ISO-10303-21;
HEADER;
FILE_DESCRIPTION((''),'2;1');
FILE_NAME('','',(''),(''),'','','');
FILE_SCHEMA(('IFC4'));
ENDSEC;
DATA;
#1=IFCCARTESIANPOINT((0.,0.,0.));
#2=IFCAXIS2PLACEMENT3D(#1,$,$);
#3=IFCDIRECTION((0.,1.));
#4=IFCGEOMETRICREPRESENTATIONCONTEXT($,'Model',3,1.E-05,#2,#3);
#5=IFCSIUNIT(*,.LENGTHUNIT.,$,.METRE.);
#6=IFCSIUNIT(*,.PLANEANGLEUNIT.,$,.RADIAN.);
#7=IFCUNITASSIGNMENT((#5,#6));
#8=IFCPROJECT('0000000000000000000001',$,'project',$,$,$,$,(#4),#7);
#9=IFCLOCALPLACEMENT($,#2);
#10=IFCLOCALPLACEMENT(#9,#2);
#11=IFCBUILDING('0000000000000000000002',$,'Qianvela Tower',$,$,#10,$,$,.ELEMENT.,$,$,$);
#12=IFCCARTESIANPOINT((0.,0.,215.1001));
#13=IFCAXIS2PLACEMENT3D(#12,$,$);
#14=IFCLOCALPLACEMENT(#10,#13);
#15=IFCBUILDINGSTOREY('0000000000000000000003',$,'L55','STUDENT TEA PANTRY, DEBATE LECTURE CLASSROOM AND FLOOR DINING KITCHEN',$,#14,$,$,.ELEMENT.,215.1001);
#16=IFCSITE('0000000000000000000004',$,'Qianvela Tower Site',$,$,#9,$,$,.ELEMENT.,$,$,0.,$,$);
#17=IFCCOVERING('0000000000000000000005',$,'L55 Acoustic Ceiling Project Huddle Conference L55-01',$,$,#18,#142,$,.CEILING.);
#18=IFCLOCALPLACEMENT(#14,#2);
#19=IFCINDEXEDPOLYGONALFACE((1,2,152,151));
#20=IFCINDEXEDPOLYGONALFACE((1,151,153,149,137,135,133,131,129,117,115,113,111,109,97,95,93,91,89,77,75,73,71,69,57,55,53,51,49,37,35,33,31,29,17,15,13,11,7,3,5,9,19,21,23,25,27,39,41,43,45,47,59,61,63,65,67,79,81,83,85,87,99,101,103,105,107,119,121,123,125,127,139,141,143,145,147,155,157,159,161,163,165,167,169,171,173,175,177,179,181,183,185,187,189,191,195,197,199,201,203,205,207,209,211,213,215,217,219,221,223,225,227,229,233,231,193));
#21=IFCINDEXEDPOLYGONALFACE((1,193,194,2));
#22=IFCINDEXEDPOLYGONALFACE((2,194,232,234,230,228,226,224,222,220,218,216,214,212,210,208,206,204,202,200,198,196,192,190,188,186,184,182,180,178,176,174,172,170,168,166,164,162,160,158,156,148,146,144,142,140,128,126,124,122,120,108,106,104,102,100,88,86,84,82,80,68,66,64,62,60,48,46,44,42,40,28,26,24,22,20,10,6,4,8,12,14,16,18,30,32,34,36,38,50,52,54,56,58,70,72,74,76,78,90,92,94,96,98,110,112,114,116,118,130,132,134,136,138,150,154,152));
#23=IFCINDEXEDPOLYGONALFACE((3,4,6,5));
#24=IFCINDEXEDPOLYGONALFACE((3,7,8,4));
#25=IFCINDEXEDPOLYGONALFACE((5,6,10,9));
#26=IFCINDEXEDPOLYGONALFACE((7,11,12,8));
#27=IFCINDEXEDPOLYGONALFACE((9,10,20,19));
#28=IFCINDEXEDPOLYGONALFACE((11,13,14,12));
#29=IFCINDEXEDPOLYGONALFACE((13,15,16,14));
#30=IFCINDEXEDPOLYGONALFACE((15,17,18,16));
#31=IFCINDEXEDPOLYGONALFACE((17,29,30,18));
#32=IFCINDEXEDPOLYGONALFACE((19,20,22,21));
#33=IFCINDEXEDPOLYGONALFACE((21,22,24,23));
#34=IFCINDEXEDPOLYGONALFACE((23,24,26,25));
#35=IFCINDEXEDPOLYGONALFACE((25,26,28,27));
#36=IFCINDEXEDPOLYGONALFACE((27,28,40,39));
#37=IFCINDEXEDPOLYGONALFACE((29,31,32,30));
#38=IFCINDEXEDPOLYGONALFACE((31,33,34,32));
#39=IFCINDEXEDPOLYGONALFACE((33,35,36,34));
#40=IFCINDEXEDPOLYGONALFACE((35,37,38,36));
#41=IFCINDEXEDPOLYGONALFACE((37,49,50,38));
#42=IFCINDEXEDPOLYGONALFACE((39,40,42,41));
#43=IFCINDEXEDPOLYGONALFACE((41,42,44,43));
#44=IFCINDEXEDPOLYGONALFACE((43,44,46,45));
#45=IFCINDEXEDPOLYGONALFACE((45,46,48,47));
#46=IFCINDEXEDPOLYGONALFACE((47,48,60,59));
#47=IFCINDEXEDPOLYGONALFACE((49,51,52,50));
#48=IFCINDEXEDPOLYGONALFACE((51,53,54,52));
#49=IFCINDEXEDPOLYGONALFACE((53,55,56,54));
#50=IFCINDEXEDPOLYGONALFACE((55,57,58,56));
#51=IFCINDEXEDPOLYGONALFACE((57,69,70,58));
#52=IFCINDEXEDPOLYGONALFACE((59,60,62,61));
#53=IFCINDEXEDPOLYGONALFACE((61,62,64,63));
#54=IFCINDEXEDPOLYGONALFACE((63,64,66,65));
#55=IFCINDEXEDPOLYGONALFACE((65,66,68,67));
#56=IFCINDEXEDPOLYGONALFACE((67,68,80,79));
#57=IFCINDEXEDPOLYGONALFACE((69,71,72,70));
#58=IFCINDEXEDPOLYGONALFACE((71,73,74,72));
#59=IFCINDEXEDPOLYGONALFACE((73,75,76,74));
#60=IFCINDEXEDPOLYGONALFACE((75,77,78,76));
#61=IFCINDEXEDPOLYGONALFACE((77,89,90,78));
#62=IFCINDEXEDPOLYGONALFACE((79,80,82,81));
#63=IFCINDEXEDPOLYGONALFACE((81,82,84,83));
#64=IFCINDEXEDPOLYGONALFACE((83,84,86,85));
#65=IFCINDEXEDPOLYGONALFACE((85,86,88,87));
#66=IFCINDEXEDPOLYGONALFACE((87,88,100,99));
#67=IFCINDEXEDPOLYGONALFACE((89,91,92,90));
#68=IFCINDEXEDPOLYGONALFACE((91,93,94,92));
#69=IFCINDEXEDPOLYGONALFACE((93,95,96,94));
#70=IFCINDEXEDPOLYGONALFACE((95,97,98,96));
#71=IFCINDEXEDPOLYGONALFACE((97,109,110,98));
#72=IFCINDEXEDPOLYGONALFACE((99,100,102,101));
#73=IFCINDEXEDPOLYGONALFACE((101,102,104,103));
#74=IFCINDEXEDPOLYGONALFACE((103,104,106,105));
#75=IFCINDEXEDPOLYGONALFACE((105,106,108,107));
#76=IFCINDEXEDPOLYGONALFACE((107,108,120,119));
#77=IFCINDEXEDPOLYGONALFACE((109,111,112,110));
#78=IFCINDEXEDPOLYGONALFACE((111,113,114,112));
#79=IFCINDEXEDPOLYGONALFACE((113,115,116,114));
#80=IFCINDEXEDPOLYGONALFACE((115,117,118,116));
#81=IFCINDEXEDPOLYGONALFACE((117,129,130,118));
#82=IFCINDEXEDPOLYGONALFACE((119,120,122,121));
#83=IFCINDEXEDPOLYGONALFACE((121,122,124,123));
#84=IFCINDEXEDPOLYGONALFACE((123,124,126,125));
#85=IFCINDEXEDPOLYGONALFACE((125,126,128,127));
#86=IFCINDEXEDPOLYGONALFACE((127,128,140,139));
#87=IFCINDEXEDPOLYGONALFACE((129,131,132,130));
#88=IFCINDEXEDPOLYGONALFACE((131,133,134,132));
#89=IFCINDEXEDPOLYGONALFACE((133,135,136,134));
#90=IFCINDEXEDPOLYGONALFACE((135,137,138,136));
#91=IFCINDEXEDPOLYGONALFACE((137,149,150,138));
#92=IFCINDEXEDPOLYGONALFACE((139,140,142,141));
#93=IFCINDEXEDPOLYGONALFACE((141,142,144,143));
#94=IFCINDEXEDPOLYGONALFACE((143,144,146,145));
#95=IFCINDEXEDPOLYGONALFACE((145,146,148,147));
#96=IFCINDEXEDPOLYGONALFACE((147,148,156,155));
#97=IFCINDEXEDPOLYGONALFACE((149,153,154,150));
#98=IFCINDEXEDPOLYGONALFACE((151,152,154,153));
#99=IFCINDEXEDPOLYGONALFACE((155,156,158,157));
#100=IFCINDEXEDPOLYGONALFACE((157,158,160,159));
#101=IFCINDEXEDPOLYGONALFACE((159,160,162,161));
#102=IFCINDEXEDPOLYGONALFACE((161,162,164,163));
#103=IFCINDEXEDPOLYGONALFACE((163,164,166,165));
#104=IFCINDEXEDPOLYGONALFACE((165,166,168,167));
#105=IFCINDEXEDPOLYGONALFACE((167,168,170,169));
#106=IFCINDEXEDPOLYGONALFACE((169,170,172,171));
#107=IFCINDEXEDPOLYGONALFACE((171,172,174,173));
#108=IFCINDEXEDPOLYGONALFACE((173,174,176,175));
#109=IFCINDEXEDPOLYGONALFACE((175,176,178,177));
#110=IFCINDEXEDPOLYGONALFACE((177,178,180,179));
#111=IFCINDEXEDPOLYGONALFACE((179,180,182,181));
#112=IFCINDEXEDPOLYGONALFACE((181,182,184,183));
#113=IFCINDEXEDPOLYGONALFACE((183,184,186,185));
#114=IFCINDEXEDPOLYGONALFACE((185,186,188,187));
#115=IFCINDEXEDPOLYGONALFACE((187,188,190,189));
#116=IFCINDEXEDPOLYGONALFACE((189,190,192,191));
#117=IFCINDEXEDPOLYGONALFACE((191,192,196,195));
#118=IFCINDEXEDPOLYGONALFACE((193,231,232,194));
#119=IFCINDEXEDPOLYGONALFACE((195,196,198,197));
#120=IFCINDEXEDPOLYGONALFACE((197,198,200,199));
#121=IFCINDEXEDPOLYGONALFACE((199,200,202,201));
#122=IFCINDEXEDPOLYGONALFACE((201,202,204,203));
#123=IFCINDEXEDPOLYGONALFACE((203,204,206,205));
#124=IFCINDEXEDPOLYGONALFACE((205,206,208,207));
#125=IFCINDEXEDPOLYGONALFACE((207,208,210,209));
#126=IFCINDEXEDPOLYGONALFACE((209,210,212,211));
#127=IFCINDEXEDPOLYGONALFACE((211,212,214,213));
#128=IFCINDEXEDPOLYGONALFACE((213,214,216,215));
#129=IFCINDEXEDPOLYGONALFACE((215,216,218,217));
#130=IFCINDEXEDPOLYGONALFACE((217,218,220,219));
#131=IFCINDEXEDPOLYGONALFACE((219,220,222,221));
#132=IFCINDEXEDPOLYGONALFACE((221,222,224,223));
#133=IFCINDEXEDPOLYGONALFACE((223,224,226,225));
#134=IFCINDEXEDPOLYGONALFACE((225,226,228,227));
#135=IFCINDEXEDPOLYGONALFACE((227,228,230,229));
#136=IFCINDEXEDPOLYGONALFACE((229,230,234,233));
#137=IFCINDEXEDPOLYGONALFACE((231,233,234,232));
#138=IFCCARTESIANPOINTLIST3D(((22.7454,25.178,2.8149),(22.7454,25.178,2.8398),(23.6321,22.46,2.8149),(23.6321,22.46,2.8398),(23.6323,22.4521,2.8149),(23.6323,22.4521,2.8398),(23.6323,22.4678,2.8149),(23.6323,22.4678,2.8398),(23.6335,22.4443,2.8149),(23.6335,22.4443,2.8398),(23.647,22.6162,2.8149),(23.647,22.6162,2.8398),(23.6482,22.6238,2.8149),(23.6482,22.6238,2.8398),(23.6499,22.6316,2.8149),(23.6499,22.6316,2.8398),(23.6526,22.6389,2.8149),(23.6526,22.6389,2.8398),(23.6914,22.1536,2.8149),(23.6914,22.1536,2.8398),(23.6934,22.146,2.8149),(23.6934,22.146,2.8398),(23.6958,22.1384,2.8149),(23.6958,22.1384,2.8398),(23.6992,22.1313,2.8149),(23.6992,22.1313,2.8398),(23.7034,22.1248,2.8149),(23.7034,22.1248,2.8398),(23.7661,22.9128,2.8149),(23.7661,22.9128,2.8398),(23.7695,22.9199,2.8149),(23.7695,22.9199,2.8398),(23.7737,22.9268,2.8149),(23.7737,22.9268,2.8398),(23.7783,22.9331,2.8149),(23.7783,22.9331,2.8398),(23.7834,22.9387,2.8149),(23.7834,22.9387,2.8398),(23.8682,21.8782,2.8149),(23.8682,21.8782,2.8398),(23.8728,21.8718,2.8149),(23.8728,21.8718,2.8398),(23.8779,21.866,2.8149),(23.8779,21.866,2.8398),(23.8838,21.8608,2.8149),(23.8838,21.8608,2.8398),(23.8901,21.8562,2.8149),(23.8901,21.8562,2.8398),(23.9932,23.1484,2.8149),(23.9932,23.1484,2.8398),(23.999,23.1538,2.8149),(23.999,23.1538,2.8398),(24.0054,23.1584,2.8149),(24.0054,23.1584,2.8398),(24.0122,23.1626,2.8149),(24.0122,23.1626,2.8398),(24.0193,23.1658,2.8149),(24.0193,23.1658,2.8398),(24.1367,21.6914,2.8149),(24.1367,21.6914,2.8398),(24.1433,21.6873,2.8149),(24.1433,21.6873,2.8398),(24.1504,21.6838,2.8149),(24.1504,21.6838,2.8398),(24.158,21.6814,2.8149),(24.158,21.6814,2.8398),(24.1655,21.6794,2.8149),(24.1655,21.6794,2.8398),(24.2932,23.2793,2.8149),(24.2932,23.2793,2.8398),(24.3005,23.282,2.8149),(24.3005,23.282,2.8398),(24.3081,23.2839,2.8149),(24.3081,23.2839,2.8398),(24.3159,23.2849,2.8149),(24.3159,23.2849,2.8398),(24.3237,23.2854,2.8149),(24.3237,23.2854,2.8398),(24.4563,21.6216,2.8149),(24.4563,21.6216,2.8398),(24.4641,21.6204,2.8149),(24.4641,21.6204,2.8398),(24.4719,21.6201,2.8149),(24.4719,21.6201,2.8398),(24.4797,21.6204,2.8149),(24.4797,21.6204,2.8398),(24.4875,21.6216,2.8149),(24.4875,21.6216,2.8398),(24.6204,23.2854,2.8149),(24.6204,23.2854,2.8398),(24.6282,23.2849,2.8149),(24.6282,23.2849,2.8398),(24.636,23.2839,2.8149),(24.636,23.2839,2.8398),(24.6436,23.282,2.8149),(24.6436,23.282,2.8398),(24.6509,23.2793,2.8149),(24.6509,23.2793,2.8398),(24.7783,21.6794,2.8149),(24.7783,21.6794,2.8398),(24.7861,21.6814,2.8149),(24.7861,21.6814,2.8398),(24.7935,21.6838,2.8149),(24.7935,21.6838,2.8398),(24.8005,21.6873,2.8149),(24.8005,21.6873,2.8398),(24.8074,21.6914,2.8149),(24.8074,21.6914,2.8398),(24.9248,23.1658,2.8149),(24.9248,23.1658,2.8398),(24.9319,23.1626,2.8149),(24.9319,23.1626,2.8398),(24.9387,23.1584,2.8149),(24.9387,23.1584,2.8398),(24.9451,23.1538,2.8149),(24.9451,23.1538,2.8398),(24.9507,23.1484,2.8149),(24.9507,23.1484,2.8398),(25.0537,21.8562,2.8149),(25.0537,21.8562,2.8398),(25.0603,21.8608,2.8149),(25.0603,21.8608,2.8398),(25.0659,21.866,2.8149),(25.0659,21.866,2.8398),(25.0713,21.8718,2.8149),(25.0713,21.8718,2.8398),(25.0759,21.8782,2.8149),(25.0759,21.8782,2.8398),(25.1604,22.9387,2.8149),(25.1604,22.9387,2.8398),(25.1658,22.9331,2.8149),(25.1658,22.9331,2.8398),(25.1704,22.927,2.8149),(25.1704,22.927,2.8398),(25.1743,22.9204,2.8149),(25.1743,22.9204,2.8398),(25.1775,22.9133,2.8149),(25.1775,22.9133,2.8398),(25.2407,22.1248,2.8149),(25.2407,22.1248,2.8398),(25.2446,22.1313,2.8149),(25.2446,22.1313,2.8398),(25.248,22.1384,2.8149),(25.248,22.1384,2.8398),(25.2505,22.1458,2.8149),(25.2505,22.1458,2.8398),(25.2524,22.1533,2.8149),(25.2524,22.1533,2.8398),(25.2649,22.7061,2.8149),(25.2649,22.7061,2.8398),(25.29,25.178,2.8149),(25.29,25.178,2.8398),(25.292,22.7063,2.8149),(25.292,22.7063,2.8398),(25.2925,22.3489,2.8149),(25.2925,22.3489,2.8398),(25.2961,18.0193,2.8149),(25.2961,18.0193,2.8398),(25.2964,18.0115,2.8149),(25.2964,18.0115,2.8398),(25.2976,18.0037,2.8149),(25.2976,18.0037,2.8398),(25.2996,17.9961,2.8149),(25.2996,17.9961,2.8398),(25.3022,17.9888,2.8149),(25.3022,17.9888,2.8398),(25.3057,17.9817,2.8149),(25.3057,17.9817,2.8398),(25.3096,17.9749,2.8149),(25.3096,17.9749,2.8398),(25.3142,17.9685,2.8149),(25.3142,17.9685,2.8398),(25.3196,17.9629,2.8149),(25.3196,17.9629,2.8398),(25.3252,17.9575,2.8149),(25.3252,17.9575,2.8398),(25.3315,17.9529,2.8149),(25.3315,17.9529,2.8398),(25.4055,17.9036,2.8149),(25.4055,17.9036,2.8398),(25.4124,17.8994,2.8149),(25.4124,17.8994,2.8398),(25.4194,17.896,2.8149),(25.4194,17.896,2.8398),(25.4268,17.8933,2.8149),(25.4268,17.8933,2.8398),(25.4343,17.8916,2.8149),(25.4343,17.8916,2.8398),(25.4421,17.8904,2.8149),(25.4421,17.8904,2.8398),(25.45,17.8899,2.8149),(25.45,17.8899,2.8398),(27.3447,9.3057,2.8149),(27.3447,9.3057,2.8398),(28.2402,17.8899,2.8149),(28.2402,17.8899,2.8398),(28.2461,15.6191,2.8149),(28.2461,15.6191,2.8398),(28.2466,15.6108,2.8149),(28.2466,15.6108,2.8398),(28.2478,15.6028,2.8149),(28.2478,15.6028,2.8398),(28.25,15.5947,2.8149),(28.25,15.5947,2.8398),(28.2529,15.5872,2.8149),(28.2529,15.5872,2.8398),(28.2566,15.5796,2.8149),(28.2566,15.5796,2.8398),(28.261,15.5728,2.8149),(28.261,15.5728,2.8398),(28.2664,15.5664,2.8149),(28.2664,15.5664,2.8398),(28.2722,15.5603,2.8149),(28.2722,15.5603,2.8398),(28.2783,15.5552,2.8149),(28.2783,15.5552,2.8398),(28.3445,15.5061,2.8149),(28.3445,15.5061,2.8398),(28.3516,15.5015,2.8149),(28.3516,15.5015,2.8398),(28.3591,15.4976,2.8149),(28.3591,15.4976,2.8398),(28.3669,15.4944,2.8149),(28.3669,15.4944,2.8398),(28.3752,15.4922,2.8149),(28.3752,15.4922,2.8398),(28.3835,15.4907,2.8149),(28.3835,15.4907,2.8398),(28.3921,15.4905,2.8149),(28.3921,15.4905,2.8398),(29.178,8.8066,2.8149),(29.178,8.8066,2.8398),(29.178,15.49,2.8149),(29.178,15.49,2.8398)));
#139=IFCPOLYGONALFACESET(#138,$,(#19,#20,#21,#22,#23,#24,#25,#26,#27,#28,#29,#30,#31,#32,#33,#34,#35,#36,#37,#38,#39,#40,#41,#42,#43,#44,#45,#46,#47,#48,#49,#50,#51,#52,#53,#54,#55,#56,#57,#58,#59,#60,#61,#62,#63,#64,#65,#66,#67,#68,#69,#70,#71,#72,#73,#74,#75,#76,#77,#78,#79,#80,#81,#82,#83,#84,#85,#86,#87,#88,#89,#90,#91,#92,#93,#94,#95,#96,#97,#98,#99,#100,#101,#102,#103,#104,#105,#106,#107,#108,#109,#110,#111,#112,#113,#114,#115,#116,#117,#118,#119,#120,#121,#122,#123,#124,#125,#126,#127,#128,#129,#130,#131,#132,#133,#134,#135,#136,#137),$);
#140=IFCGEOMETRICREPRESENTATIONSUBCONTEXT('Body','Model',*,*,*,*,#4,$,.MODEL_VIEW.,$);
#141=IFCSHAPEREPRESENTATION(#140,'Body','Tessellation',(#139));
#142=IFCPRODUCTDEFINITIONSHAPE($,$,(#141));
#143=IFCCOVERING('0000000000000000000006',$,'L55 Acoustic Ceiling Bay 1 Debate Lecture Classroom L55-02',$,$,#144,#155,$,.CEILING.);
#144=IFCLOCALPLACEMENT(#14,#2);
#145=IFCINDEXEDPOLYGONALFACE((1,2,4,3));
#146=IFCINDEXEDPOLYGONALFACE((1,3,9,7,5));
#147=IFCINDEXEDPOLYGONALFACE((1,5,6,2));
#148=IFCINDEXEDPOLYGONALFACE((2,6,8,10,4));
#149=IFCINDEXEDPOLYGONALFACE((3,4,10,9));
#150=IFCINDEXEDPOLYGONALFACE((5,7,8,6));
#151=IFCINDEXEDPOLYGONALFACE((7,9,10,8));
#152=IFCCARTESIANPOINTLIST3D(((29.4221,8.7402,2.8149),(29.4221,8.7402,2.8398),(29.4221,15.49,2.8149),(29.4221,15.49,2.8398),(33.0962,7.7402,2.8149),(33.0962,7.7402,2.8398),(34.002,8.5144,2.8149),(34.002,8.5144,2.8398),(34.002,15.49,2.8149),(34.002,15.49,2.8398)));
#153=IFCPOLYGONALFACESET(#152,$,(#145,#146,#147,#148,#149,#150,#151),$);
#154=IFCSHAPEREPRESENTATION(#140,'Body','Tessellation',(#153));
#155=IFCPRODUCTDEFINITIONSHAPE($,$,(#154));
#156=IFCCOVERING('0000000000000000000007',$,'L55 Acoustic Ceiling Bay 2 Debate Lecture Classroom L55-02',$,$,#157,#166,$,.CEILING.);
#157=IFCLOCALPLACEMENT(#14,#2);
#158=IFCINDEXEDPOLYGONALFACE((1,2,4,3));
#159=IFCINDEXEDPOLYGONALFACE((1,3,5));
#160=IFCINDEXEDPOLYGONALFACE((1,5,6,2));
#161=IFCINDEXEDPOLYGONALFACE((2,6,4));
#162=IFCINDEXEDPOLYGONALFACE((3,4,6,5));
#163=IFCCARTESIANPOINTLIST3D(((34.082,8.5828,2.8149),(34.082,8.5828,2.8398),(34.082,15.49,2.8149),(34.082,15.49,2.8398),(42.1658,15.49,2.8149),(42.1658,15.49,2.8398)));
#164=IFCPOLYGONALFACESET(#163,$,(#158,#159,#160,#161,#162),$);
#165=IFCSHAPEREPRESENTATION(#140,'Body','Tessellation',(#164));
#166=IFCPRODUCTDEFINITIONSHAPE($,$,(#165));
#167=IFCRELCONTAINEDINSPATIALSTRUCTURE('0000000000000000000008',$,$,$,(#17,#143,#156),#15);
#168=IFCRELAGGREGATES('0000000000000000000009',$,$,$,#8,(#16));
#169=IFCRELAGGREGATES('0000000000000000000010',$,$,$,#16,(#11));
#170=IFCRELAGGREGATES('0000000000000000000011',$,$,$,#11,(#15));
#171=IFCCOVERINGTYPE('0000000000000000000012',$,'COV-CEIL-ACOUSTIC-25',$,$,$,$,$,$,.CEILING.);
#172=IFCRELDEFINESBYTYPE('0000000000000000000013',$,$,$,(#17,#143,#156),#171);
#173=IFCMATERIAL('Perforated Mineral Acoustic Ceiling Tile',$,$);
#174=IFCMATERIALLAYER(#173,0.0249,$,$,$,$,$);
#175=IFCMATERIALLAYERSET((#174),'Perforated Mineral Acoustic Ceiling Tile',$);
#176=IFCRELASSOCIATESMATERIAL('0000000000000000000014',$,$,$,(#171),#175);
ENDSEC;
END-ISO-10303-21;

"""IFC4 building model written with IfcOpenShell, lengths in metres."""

from ifc_helpers import new_model, si_unit, direction, frame, origin, place, context, subcontext, project, spatial, polyline, outline, extrude, material, layer, layer_set, type_object, element, save


model = new_model("IFC4")

# Units and contexts
model_context = context("Model", 3, precision=1e-05, world=origin(), true_north=direction((0.0, 1.0)))
body_context = subcontext(model_context, "Body", "Model", "MODEL_VIEW")
ifc_project = project(units=[si_unit("LENGTHUNIT", "METRE"), si_unit("PLANEANGLEUNIT", "RADIAN")], contexts=[model_context])

# Site, building, storey
site_placement = place(None, origin())
site = spatial("IfcSite", under=ifc_project, at=site_placement, Name="Qianvela Tower Site", CompositionType="ELEMENT", RefElevation=0.0)
building_placement = place(site_placement, origin())
building = spatial("IfcBuilding", under=site, at=building_placement, Name="Qianvela Tower", CompositionType="ELEMENT")
storey_placement = place(building_placement, frame((0.0, 0.0, 215.1001)))
storey = spatial("IfcBuildingStorey", under=building, at=storey_placement, Name="L55", Description="STUDENT TEA PANTRY, DEBATE LECTURE CLASSROOM AND FLOOR DINING KITCHEN", CompositionType="ELEMENT", Elevation=215.1001)

# Coverings
ifc_material_1 = material(Name="Perforated Mineral Acoustic Ceiling Tile")
ifc_layer_1 = layer(ifc_material_1, 0.0249)
ifc_layer_set_1 = layer_set([ifc_layer_1], Name="Perforated Mineral Acoustic Ceiling Tile")
covering_type_1 = type_object("IfcCoveringType", Name="COV-CEIL-ACOUSTIC-25", PredefinedType="CEILING", material=ifc_layer_set_1)
covering_1_placement = place(storey_placement, frame((0.0, 0.0, 2.8149)))
element("IfcCovering", 1, at=covering_1_placement, inside=storey, type_object=covering_type_1, Name="L55 Acoustic Ceiling Project Huddle Conference L55-01", PredefinedType="CEILING", context=body_context, shape_type="SweptSolid", body=[
    extrude(outline(polyline([(25.292, 22.7063), (25.2649, 22.7061), (25.1775, 22.9133), (25.1743, 22.9204), (25.1704, 22.927), (25.1658, 22.9331), (25.1604, 22.9387), (24.9507, 23.1484), (24.9451, 23.1538), (24.9387, 23.1584), (24.9319, 23.1626), (24.9248, 23.1658), (24.6509, 23.2793), (24.6436, 23.282), (24.636, 23.2839), (24.6282, 23.2849), (24.6204, 23.2854), (24.3237, 23.2854), (24.3159, 23.2849), (24.3081, 23.2839), (24.3005, 23.282), (24.2932, 23.2793), (24.0193, 23.1658), (24.0122, 23.1626), (24.0054, 23.1584), (23.999, 23.1538), (23.9932, 23.1484), (23.7834, 22.9387), (23.7783, 22.9331), (23.7737, 22.9268), (23.7695, 22.9199), (23.7661, 22.9128), (23.6526, 22.6389), (23.6499, 22.6316), (23.6482, 22.6238), (23.647, 22.6162), (23.6323, 22.4678), (23.6321, 22.46), (23.6323, 22.4521), (23.6335, 22.4443), (23.6914, 22.1536), (23.6934, 22.146), (23.6958, 22.1384), (23.6992, 22.1313), (23.7034, 22.1248), (23.8682, 21.8782), (23.8728, 21.8718), (23.8779, 21.866), (23.8838, 21.8608), (23.8901, 21.8562), (24.1367, 21.6914), (24.1433, 21.6873), (24.1504, 21.6838), (24.158, 21.6814), (24.1655, 21.6794), (24.4563, 21.6216), (24.4641, 21.6204), (24.4719, 21.6201), (24.4797, 21.6204), (24.4875, 21.6216), (24.7783, 21.6794), (24.7861, 21.6814), (24.7935, 21.6838), (24.8005, 21.6873), (24.8074, 21.6914), (25.0537, 21.8562), (25.0603, 21.8608), (25.0659, 21.866), (25.0713, 21.8718), (25.0759, 21.8782), (25.2407, 22.1248), (25.2446, 22.1313), (25.248, 22.1384), (25.2505, 22.1458), (25.2524, 22.1533), (25.2925, 22.3489), (25.2961, 18.0193), (25.2964, 18.0115), (25.2976, 18.0037), (25.2996, 17.9961), (25.3022, 17.9888), (25.3057, 17.9817), (25.3096, 17.9749), (25.3142, 17.9685), (25.3196, 17.9629), (25.3252, 17.9575), (25.3315, 17.9529), (25.4055, 17.9036), (25.4124, 17.8994), (25.4194, 17.896), (25.4268, 17.8933), (25.4343, 17.8916), (25.4421, 17.8904), (25.45, 17.8899), (28.2402, 17.8899), (28.2461, 15.6191), (28.2466, 15.6108), (28.2478, 15.6028), (28.25, 15.5947), (28.2529, 15.5872), (28.2566, 15.5796), (28.261, 15.5728), (28.2664, 15.5664), (28.2722, 15.5603), (28.2783, 15.5552), (28.3445, 15.5061), (28.3516, 15.5015), (28.3591, 15.4976), (28.3669, 15.4944), (28.3752, 15.4922), (28.3835, 15.4907), (28.3921, 15.4905), (29.178, 15.49), (29.178, 8.8066), (27.3447, 9.3057), (22.7454, 25.178), (25.29, 25.178), (25.292, 22.7063)])), origin(), (0.0, 0.0, 1.0), 0.0249),
])
covering_2_placement = place(storey_placement, frame((0.0, 0.0, 2.8149)))
element("IfcCovering", 2, at=covering_2_placement, inside=storey, type_object=covering_type_1, Name="L55 Acoustic Ceiling Bay 1 Debate Lecture Classroom L55-02", PredefinedType="CEILING", context=body_context, shape_type="SweptSolid", body=[
    extrude(outline(polyline([(33.0962, 7.7402), (29.4221, 8.7402), (29.4221, 15.49), (34.002, 15.49), (34.002, 8.5144), (33.0962, 7.7402)])), origin(), (0.0, 0.0, 1.0), 0.0249),
])
covering_3_placement = place(storey_placement, frame((0.0, 0.0, 2.8149)))
element("IfcCovering", 3, at=covering_3_placement, inside=storey, type_object=covering_type_1, Name="L55 Acoustic Ceiling Bay 2 Debate Lecture Classroom L55-02", PredefinedType="CEILING", context=body_context, shape_type="SweptSolid", body=[
    extrude(outline(polyline([(34.082, 8.5828), (34.082, 15.49), (42.1658, 15.49), (34.082, 8.5828)])), origin(), (0.0, 0.0, 1.0), 0.0249),
])

save(model, "model.ifc")
